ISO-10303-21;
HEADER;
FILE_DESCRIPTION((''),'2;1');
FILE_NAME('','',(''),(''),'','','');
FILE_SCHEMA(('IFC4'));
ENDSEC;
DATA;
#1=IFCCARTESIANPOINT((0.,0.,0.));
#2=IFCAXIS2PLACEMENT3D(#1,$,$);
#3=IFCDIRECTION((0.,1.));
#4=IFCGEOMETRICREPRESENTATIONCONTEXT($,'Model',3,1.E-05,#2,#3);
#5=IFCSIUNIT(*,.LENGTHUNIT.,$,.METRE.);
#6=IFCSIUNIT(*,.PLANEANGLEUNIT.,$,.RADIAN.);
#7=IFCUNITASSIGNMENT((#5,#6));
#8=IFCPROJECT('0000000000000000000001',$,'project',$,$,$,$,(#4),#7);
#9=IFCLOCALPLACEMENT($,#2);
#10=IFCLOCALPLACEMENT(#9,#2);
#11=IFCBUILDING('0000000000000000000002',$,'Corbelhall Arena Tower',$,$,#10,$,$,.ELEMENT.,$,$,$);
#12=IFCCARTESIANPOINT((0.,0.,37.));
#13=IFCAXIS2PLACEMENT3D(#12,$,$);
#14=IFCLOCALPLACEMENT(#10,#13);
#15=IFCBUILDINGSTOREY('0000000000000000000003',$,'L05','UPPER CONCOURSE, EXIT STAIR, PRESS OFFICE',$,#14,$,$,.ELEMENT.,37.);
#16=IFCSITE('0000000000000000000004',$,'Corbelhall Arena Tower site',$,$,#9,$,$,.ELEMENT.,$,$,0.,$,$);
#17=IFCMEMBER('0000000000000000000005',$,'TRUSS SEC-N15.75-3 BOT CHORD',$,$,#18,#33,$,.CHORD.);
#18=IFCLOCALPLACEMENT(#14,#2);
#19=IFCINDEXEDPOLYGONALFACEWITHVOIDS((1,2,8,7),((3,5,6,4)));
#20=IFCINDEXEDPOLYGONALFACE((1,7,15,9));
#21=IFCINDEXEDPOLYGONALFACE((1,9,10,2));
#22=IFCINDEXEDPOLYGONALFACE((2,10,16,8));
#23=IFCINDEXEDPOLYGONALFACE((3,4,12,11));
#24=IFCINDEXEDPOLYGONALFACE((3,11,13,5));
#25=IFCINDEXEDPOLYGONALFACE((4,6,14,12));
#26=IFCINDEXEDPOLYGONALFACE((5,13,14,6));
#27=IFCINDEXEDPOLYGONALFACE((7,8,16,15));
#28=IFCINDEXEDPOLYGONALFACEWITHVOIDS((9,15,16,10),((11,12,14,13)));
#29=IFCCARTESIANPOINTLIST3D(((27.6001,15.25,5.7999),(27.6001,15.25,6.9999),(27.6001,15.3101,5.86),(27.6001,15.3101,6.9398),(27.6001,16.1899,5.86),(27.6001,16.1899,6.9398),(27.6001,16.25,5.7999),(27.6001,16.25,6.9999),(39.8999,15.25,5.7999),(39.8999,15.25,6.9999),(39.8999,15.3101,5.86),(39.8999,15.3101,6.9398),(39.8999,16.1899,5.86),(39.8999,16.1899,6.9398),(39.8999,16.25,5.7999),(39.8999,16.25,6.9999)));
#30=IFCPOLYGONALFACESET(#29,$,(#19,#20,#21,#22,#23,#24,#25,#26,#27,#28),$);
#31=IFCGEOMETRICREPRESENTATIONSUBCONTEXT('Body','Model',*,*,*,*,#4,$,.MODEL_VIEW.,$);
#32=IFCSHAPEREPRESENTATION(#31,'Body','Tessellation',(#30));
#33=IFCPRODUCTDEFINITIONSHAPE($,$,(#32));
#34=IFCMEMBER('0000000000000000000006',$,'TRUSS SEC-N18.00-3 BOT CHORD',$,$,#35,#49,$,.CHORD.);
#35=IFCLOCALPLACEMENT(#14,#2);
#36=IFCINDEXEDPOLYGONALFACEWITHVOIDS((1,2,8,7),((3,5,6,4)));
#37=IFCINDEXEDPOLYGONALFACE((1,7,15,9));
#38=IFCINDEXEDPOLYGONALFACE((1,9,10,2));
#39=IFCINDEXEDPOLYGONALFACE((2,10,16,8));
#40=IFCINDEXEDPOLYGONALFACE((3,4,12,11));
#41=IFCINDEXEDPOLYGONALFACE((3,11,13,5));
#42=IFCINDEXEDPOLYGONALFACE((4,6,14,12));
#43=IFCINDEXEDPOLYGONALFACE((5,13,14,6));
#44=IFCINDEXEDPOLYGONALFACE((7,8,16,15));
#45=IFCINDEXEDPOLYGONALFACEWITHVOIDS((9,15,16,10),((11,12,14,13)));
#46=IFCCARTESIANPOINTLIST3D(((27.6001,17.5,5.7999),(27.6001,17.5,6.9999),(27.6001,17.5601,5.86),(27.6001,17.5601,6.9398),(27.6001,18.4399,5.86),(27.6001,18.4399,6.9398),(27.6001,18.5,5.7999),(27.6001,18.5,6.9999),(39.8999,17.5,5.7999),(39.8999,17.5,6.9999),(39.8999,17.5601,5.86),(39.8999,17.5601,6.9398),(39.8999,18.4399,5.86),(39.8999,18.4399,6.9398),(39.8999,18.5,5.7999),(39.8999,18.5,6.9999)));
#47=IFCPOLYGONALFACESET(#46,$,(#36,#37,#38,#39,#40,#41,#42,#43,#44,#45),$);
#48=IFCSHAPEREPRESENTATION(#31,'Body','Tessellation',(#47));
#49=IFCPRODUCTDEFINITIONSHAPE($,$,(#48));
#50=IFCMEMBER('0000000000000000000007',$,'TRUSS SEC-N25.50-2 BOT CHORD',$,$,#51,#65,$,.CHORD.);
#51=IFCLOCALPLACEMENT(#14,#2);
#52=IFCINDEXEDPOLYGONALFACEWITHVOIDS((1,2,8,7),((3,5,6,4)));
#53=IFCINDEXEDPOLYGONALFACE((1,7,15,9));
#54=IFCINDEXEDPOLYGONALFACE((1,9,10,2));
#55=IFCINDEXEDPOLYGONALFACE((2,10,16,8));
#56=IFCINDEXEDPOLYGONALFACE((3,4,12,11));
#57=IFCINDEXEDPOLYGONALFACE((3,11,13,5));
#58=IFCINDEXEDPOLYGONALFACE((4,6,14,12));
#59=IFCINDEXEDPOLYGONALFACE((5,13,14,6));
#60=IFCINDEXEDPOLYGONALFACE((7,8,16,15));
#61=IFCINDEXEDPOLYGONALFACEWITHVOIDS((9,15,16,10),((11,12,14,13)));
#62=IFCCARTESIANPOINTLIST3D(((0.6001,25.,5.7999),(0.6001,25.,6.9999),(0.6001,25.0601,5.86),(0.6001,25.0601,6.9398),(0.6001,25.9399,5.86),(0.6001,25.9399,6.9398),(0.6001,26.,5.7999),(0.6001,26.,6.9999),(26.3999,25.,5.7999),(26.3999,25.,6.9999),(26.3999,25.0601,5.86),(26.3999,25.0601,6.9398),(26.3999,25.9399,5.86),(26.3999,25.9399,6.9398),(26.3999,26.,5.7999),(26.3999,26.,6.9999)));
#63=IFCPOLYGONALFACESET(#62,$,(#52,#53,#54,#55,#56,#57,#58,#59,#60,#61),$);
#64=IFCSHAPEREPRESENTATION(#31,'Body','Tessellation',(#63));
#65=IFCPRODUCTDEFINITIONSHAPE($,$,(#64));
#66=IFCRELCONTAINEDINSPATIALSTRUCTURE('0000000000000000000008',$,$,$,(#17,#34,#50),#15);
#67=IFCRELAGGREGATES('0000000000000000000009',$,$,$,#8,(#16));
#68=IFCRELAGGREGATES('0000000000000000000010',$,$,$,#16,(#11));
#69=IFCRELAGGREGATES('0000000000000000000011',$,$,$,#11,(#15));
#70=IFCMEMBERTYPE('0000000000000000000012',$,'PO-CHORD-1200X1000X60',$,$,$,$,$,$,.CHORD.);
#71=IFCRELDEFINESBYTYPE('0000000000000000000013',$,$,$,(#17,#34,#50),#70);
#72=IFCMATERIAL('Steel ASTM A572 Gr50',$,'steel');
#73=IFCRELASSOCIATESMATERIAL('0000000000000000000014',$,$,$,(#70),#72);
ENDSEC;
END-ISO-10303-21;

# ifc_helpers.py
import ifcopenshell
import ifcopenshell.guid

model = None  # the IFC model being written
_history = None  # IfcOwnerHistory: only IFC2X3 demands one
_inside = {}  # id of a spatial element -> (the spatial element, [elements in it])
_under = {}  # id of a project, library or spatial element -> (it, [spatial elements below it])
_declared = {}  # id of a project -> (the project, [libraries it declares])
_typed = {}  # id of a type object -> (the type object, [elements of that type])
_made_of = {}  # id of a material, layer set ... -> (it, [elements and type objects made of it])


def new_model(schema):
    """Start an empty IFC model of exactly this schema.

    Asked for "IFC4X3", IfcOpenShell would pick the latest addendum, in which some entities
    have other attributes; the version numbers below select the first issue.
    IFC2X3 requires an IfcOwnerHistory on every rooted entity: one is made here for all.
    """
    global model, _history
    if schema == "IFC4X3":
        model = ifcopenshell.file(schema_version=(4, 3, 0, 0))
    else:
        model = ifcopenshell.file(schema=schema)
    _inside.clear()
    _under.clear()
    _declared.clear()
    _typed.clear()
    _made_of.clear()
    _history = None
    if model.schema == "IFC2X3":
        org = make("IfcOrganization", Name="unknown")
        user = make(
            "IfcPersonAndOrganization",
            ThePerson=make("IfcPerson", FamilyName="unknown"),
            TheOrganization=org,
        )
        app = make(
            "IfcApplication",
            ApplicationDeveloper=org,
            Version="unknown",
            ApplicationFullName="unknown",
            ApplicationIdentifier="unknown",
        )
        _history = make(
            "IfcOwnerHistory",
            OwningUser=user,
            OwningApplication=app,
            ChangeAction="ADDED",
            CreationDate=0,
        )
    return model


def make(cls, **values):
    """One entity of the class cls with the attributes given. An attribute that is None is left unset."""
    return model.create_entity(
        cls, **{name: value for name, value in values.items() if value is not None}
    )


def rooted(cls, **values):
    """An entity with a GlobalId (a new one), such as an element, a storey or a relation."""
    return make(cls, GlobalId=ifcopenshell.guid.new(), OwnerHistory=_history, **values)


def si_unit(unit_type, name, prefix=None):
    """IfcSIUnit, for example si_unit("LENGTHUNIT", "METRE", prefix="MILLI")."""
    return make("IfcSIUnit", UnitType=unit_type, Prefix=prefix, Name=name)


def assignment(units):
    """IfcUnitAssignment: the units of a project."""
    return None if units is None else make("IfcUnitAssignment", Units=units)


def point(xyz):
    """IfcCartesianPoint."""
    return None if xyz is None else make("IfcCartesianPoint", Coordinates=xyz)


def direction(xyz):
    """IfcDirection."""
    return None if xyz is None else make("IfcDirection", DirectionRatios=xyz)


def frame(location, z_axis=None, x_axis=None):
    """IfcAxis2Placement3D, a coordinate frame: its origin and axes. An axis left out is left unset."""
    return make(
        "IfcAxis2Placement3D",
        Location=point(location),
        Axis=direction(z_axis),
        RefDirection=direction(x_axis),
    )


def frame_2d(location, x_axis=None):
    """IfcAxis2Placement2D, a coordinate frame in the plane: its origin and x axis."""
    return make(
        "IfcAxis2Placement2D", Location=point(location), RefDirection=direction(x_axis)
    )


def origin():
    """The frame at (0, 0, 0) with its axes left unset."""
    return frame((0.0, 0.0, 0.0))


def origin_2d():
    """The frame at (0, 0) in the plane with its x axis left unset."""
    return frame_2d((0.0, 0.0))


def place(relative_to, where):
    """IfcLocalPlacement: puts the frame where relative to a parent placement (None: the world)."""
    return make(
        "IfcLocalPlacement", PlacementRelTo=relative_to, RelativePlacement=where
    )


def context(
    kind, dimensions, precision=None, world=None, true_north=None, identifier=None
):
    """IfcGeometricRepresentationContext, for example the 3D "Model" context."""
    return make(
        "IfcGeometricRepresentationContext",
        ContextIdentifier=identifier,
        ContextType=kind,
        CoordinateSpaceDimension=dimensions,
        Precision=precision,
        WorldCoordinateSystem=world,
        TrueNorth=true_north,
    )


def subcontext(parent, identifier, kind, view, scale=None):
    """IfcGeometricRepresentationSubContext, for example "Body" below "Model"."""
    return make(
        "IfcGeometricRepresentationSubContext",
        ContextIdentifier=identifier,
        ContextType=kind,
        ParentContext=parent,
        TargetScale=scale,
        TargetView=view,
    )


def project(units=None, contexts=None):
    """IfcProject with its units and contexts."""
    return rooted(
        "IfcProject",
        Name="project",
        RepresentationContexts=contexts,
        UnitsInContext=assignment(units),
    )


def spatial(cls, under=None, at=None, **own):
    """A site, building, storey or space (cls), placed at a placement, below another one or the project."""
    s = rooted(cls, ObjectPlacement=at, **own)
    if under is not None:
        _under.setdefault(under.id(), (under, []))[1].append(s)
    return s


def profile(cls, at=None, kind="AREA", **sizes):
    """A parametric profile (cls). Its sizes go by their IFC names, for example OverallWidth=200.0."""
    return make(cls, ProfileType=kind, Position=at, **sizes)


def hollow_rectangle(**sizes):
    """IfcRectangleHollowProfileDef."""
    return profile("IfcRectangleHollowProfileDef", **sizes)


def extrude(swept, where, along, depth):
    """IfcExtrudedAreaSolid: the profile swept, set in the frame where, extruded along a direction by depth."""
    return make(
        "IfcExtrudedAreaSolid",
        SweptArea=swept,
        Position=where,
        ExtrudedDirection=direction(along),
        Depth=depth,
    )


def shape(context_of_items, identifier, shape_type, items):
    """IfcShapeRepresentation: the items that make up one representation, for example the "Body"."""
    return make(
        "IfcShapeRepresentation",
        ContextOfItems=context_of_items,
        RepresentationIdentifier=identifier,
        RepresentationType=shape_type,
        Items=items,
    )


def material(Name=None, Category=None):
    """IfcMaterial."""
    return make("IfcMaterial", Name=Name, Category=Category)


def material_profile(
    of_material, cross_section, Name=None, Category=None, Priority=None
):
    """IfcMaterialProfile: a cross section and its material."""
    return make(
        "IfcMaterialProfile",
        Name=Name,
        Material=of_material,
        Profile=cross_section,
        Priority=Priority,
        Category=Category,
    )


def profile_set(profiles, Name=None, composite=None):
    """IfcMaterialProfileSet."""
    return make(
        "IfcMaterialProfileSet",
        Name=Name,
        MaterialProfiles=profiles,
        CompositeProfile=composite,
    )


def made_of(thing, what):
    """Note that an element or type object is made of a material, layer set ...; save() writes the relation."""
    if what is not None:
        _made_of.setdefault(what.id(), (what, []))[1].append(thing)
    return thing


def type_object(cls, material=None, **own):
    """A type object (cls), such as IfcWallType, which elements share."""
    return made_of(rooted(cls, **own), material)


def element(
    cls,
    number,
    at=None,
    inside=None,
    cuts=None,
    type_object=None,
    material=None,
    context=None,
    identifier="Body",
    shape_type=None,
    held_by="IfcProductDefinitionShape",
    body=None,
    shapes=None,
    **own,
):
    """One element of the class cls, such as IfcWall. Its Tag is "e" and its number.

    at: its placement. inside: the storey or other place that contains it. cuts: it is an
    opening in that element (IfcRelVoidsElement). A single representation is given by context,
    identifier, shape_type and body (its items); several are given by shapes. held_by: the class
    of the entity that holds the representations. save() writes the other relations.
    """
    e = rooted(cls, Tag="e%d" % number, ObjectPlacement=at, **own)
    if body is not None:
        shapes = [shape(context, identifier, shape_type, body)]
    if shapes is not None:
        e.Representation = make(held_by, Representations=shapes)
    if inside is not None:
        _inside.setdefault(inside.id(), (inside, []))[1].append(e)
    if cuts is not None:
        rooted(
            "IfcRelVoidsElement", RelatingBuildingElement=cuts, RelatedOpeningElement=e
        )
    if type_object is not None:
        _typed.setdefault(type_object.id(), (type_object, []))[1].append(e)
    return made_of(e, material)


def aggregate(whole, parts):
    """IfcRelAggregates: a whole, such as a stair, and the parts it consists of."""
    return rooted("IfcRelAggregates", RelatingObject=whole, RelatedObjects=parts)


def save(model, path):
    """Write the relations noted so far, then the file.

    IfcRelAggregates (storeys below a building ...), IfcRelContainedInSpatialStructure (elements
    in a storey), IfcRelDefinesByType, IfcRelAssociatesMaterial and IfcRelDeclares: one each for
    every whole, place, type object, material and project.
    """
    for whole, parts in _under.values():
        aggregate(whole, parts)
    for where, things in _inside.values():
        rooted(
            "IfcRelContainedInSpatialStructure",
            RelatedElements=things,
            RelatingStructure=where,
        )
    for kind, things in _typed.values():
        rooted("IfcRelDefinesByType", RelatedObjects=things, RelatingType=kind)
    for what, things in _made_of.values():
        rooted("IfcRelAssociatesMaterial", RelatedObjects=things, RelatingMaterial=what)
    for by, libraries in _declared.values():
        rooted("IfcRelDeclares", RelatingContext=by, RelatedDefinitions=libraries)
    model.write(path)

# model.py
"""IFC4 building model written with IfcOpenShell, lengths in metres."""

from ifc_helpers import new_model, si_unit, direction, frame, origin, origin_2d, place, context, subcontext, project, spatial, hollow_rectangle, extrude, material, material_profile, profile_set, type_object, element, save


model = new_model("IFC4")

# Units and contexts
model_context = context("Model", 3, precision=1e-05, world=origin(), true_north=direction((0.0, 1.0)))
body_context = subcontext(model_context, "Body", "Model", "MODEL_VIEW")
ifc_project = project(units=[si_unit("LENGTHUNIT", "METRE"), si_unit("PLANEANGLEUNIT", "RADIAN")], contexts=[model_context])

# Site, building, storey
site_placement = place(None, origin())
site = spatial("IfcSite", under=ifc_project, at=site_placement, Name="Corbelhall Arena Tower site", CompositionType="ELEMENT", RefElevation=0.0)
building_placement = place(site_placement, origin())
building = spatial("IfcBuilding", under=site, at=building_placement, Name="Corbelhall Arena Tower", CompositionType="ELEMENT")
storey_placement = place(building_placement, frame((0.0, 0.0, 37.0)))
storey = spatial("IfcBuildingStorey", under=building, at=storey_placement, Name="L05", Description="UPPER CONCOURSE, EXIT STAIR, PRESS OFFICE", CompositionType="ELEMENT", Elevation=37.0)

# Members
ifc_material_1 = material(Name="Steel ASTM A572 Gr50", Category="steel")
ifc_material_profile_1 = material_profile(ifc_material_1, hollow_rectangle(XDim=1.0, YDim=1.2, WallThickness=0.0601, at=origin_2d()))
ifc_profile_set_1 = profile_set([ifc_material_profile_1], Name="Steel ASTM A572 Gr50")
member_type = type_object("IfcMemberType", Name="PO-CHORD-1200X1000X60", PredefinedType="CHORD", material=ifc_profile_set_1)
for number, where, z_axis, x_axis, name in (
    (1, (27.6001, 15.75, 6.3999), (1.0, 0.0, 0.0), (0.0, 1.0, 0.0), "TRUSS SEC-N15.75-3 BOT CHORD"),
    (2, (27.6001, 18.0, 6.3999), (1.0, 0.0, 0.0), (0.0, 1.0, 0.0), "TRUSS SEC-N18.00-3 BOT CHORD"),
):
    element("IfcMember", number, at=place(storey_placement, frame(where, z_axis=z_axis, x_axis=x_axis)), inside=storey, type_object=member_type, Name=name, PredefinedType="CHORD", context=body_context, shape_type="SweptSolid", body=[
        extrude(hollow_rectangle(XDim=1.0, YDim=1.2, WallThickness=0.0601, at=origin_2d()), origin(), (0.0, 0.0, 1.0), 12.2998),
    ])
member_placement = place(storey_placement, frame((0.6001, 25.5, 6.3999), z_axis=(1.0, 0.0, 0.0), x_axis=(0.0, 1.0, 0.0)))
element("IfcMember", 3, at=member_placement, inside=storey, type_object=member_type, Name="TRUSS SEC-N25.50-2 BOT CHORD", PredefinedType="CHORD", context=body_context, shape_type="SweptSolid", body=[
    extrude(hollow_rectangle(XDim=1.0, YDim=1.2, WallThickness=0.0601, at=origin_2d()), origin(), (0.0, 0.0, 1.0), 25.7998),
])

save(model, "model.ifc")
